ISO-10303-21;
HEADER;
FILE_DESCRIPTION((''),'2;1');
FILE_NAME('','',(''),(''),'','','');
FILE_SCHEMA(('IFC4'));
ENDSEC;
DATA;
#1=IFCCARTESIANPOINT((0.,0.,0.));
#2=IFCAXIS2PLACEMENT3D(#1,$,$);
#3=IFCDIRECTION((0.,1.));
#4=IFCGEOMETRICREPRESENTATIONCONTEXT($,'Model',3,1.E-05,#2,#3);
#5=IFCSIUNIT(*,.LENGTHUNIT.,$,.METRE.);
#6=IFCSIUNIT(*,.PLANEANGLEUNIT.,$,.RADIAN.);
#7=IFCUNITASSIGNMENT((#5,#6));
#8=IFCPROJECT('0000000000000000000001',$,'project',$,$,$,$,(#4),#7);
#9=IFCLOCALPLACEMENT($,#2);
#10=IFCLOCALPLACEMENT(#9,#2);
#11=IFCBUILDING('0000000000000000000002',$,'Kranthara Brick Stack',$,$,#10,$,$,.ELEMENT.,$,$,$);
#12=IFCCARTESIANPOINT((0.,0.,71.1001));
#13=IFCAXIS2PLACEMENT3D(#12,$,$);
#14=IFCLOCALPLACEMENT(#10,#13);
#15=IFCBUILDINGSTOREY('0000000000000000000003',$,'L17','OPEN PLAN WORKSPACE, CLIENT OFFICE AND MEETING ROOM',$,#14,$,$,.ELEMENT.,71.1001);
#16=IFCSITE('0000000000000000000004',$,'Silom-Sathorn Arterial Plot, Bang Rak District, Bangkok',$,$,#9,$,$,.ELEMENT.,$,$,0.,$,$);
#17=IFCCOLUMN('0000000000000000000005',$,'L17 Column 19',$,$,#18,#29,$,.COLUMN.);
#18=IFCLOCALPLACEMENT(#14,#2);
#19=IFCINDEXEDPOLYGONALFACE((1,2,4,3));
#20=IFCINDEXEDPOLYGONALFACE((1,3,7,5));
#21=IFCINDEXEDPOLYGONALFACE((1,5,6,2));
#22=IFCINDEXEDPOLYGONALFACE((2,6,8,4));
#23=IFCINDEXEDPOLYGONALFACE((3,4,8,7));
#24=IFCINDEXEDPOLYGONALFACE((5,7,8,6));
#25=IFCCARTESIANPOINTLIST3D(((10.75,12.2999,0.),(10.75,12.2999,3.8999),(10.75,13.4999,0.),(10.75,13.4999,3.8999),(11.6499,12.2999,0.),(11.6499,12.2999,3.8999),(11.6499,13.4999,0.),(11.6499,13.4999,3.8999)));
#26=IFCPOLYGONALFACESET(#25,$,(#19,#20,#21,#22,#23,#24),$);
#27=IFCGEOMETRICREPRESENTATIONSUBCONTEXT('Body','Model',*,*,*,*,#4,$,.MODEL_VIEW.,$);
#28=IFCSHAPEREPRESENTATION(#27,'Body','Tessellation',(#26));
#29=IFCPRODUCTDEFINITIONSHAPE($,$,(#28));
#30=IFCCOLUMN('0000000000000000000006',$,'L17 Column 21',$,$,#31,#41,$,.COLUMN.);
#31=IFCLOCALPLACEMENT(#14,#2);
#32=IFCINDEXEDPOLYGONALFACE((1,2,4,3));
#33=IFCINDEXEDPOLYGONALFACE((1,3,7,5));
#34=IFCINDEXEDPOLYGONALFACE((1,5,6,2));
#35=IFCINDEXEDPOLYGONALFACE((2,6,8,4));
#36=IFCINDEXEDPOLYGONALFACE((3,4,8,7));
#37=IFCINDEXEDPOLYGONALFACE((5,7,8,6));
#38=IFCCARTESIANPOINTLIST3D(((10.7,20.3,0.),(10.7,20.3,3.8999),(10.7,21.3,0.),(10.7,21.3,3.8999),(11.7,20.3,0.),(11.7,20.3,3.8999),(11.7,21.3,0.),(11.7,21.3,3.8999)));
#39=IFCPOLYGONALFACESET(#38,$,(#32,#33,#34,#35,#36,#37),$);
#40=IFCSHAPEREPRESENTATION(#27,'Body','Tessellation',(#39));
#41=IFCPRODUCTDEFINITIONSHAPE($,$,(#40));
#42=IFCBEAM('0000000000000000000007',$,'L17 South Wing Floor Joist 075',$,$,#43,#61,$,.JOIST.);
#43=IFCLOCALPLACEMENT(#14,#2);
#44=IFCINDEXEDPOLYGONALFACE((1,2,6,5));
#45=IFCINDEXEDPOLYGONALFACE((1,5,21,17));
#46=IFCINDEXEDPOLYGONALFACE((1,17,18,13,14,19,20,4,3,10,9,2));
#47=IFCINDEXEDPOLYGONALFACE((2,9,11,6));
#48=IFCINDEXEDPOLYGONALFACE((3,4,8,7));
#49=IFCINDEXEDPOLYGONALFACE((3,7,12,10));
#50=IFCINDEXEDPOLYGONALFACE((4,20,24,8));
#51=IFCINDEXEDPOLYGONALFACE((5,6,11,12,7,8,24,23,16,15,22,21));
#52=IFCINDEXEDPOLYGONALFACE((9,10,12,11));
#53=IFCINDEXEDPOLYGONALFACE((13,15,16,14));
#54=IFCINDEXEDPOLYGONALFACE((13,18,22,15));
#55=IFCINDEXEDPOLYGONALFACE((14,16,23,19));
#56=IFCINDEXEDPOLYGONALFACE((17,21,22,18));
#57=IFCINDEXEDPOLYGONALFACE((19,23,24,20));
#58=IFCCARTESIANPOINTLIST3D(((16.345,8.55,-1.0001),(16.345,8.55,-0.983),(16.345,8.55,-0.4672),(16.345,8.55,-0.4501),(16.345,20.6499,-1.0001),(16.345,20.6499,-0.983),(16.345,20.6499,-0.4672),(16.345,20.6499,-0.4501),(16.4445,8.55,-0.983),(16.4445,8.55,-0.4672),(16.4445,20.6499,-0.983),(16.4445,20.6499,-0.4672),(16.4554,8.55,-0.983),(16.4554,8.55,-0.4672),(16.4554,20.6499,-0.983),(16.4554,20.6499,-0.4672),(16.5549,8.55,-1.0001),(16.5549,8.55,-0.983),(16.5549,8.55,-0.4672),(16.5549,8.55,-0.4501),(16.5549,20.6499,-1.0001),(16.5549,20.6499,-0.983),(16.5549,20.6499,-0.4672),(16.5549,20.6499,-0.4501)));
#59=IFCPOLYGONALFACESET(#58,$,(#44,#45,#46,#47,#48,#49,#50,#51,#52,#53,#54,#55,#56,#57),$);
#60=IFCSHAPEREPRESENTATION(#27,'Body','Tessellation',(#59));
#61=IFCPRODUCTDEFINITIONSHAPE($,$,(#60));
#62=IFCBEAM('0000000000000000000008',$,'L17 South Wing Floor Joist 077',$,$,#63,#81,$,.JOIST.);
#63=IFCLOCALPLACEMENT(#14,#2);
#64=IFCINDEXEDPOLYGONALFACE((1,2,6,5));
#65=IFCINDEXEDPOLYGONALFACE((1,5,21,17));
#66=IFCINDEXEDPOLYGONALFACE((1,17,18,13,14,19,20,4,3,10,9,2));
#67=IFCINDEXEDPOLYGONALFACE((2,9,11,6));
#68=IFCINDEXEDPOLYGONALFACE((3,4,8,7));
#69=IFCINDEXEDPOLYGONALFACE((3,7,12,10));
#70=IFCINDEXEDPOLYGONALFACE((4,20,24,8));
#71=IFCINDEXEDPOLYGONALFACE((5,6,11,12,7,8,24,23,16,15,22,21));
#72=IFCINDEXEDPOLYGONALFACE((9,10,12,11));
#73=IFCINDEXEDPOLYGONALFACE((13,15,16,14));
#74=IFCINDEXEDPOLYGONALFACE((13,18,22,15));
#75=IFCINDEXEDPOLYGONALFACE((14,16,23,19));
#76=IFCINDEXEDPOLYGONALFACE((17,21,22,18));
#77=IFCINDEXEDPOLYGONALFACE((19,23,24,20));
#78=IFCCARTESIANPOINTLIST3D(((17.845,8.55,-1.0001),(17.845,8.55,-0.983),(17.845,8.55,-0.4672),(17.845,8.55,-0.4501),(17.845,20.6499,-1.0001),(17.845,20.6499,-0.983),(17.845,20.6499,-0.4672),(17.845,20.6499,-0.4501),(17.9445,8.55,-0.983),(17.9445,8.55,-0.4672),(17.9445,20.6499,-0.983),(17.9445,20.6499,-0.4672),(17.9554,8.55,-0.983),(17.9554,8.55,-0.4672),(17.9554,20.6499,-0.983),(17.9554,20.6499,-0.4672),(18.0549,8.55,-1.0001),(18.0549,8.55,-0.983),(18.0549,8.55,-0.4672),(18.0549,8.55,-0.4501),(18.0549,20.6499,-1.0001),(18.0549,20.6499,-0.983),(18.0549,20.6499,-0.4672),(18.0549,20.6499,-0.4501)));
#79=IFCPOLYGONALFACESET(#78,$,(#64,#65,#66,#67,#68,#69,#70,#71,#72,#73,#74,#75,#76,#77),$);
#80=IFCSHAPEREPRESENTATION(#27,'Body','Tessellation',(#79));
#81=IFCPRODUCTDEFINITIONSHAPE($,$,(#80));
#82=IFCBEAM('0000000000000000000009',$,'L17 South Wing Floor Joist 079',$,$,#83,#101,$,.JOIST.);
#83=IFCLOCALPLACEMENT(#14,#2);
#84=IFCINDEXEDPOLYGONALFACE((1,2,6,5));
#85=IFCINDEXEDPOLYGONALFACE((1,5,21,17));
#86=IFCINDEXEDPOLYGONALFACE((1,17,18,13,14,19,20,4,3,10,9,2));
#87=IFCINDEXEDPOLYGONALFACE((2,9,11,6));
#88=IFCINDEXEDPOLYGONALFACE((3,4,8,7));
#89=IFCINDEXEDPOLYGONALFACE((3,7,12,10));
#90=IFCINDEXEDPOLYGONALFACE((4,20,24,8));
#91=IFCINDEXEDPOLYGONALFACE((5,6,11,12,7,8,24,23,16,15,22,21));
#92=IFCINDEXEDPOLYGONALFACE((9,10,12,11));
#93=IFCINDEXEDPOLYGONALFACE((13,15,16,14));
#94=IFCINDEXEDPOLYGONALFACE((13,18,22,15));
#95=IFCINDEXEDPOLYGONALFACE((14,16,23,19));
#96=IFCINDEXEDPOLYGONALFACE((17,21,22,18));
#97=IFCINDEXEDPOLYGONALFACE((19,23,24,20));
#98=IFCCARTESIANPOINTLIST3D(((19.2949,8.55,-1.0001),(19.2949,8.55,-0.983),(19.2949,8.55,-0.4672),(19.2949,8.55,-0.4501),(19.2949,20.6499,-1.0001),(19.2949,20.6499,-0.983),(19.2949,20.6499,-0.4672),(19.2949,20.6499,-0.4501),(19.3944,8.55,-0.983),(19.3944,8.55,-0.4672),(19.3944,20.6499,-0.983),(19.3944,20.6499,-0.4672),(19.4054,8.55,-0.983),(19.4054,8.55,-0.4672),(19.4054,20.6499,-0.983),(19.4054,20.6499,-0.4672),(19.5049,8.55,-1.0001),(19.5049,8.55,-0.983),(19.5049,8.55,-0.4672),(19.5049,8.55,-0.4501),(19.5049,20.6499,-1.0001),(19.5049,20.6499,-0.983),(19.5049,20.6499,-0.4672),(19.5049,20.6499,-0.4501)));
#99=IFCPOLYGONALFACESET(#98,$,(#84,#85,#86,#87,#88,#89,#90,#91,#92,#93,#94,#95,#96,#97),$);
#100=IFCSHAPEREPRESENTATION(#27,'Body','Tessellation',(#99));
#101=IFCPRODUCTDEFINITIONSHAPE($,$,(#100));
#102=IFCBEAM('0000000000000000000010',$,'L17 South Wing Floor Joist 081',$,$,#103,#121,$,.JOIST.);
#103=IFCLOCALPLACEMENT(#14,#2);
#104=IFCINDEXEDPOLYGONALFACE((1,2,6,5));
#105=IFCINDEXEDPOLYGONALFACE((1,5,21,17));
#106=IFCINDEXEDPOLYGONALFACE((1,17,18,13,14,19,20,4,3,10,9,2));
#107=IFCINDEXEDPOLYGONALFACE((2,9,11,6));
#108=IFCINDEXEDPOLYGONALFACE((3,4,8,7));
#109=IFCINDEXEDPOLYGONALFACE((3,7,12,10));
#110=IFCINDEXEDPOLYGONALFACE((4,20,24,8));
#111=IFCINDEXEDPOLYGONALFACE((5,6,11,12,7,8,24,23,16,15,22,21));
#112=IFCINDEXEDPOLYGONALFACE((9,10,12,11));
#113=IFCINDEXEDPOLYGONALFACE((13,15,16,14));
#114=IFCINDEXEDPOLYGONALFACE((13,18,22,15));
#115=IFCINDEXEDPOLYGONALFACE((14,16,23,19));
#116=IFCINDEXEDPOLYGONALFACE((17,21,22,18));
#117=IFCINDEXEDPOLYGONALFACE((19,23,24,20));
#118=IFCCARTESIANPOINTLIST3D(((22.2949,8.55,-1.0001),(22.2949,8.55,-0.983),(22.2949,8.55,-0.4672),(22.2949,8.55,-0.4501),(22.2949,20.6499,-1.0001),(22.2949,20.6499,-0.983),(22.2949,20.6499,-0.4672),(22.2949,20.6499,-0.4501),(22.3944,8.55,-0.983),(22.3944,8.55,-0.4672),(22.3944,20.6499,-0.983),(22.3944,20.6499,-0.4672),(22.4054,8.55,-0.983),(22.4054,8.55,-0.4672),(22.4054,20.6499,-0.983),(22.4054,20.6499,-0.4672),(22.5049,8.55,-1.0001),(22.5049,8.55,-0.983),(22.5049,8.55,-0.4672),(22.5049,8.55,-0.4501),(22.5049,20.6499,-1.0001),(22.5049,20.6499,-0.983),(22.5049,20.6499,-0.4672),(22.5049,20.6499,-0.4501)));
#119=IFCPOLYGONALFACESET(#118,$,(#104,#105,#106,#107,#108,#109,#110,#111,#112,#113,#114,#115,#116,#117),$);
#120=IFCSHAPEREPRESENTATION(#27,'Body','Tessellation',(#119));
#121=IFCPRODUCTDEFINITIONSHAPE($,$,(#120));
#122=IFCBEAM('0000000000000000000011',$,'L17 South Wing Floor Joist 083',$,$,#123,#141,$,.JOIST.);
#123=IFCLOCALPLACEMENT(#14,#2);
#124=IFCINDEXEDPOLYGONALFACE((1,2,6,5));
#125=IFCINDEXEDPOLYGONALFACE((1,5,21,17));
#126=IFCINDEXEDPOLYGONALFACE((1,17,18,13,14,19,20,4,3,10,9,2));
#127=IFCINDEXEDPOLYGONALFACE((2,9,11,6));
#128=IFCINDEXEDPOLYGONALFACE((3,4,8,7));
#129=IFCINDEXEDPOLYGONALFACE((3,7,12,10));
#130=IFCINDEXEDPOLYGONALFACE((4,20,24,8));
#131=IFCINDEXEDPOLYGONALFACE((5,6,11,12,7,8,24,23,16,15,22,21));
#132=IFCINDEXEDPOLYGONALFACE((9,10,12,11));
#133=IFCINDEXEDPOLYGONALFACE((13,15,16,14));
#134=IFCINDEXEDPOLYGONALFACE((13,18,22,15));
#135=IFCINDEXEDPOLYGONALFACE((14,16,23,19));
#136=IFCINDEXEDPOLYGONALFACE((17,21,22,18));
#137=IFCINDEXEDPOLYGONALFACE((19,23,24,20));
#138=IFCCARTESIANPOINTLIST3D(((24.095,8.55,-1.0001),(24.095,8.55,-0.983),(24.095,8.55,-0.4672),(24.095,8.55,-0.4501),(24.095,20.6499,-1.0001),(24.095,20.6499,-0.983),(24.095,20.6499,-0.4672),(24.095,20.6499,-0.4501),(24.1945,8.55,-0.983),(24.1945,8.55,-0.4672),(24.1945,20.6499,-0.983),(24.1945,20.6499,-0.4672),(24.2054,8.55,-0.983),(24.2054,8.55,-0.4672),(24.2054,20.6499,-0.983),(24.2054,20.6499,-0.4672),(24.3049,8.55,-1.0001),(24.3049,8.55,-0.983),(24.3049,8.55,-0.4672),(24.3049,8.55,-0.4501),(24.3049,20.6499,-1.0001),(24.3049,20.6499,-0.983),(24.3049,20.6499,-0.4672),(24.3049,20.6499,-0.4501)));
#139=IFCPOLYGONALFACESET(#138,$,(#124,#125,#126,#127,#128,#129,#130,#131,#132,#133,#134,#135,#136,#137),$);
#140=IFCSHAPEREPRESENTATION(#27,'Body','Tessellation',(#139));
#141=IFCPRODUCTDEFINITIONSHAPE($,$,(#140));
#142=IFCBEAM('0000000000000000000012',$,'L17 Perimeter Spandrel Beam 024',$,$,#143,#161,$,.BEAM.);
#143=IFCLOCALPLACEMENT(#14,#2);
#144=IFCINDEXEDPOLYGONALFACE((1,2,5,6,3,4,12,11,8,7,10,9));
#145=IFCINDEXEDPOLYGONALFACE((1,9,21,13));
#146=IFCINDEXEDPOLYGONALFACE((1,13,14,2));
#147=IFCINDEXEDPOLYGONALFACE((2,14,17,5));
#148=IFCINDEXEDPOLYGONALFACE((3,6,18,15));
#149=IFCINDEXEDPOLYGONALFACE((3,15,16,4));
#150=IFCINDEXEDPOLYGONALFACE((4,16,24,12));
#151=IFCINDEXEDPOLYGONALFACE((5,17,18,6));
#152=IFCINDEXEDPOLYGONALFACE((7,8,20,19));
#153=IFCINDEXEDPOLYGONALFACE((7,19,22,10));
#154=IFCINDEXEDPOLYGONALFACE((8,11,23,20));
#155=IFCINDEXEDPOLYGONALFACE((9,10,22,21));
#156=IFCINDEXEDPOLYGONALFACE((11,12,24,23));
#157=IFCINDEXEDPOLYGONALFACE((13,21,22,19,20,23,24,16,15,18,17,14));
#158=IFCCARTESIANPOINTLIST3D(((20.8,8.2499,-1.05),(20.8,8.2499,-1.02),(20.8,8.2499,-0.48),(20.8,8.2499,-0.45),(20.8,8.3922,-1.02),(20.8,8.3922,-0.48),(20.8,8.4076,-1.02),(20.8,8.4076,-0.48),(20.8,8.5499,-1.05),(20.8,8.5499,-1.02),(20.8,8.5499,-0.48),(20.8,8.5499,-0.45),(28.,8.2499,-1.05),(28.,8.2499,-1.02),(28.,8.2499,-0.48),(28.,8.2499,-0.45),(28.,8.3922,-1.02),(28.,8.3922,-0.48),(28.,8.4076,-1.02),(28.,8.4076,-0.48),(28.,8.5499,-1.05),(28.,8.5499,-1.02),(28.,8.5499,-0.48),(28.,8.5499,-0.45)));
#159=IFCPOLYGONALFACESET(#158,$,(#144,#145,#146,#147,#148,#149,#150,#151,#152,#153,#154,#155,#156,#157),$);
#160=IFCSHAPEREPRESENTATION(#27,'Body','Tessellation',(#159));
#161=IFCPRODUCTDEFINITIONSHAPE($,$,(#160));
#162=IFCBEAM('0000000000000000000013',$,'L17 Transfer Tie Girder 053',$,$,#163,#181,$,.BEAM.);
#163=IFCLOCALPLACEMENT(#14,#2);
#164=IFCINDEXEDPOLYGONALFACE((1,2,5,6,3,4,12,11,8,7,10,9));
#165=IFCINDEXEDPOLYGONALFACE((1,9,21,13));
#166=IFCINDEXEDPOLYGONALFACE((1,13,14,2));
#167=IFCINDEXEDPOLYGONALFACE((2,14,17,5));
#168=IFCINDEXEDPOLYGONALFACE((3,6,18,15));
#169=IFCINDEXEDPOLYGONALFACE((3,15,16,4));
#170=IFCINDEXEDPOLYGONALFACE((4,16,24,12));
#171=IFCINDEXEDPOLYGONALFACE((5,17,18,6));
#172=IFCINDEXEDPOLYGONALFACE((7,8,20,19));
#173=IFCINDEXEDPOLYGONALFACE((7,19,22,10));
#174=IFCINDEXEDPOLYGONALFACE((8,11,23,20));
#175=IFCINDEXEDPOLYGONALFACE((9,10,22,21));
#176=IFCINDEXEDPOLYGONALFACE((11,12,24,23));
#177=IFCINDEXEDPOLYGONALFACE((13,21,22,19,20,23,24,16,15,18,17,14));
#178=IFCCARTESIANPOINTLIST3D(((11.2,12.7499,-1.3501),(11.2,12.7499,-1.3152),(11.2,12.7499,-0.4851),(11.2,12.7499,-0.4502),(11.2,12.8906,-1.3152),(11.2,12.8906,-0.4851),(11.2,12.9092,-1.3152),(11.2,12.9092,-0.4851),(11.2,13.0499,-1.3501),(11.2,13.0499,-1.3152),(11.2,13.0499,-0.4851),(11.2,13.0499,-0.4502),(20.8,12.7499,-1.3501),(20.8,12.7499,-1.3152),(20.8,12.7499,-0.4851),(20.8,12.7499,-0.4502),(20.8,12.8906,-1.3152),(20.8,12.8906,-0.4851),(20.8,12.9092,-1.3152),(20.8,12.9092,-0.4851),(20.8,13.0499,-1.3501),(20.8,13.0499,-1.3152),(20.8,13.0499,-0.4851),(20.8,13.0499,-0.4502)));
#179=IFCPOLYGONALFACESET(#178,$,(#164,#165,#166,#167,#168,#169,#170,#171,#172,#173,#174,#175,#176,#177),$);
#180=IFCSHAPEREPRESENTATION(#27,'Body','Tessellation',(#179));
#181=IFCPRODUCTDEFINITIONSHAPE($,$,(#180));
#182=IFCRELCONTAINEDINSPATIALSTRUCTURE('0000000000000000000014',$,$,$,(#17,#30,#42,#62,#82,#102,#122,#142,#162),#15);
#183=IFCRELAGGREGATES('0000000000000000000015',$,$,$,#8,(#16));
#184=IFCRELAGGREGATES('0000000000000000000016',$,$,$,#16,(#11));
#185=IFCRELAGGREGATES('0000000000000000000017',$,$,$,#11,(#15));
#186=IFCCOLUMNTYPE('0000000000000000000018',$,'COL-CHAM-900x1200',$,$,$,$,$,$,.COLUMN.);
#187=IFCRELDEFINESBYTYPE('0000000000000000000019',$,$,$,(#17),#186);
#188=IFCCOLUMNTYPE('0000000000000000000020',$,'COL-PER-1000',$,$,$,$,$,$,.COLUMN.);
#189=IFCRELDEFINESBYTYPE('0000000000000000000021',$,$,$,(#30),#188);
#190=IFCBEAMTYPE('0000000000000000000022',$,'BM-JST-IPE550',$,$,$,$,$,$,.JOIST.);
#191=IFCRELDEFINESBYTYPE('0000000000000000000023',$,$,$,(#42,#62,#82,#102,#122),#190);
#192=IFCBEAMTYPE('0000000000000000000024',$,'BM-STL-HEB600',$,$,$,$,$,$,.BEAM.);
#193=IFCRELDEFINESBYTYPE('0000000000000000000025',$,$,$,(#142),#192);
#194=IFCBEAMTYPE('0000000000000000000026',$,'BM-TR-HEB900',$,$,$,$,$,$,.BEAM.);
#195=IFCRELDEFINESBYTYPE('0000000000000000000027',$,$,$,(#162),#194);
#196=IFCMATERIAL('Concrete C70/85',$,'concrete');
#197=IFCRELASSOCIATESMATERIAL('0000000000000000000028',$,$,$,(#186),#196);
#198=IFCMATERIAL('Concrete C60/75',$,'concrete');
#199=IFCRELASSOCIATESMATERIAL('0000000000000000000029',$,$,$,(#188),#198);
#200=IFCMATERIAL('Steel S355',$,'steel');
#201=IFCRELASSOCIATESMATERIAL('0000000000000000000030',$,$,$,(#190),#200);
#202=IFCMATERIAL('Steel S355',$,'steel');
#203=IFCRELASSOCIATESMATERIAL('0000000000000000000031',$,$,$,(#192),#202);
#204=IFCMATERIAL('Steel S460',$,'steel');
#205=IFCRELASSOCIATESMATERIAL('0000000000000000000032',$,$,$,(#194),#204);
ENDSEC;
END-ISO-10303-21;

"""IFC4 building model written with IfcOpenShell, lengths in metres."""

from ifc_helpers import new_model, si_unit, direction, frame, origin, origin_2d, place, context, subcontext, project, spatial, rectangle, i_section, extrude, material, material_profile, profile_set, type_object, element, save


model = new_model("IFC4")

# Units and contexts
model_context = context("Model", 3, precision=1e-05, world=origin(), true_north=direction((0.0, 1.0)))
body_context = subcontext(model_context, "Body", "Model", "MODEL_VIEW")
ifc_project = project(units=[si_unit("LENGTHUNIT", "METRE"), si_unit("PLANEANGLEUNIT", "RADIAN")], contexts=[model_context])

# Site, building, storey
site_placement = place(None, origin())
site = spatial("IfcSite", under=ifc_project, at=site_placement, Name="Silom-Sathorn Arterial Plot, Bang Rak District, Bangkok", CompositionType="ELEMENT", RefElevation=0.0)
building_placement = place(site_placement, origin())
building = spatial("IfcBuilding", under=site, at=building_placement, Name="Kranthara Brick Stack", CompositionType="ELEMENT")
storey_placement = place(building_placement, frame((0.0, 0.0, 71.1001)))
storey = spatial("IfcBuildingStorey", under=building, at=storey_placement, Name="L17", Description="OPEN PLAN WORKSPACE, CLIENT OFFICE AND MEETING ROOM", CompositionType="ELEMENT", Elevation=71.1001)

# Columns
ifc_material_1 = material(Name="Concrete C70/85", Category="concrete")
ifc_material_profile_1 = material_profile(ifc_material_1, rectangle(XDim=0.8999, YDim=1.2, at=origin_2d()), Name="RC 900x1200")
ifc_profile_set_1 = profile_set([ifc_material_profile_1], Name="Concrete C70/85")
column_type_1 = type_object("IfcColumnType", Name="COL-CHAM-900x1200", PredefinedType="COLUMN", material=ifc_profile_set_1)
column_1_placement = place(storey_placement, frame((11.2, 12.8999, 0.0), z_axis=(0.0, 0.0, 1.0), x_axis=(1.0, 0.0, 0.0)))
element("IfcColumn", 1, at=column_1_placement, inside=storey, type_object=column_type_1, Name="L17 Column 19", PredefinedType="COLUMN", context=body_context, shape_type="SweptSolid", body=[
    extrude(rectangle(XDim=0.8999, YDim=1.2, at=origin_2d()), origin(), (0.0, 0.0, 1.0), 3.8999),
])
ifc_material_2 = material(Name="Concrete C60/75", Category="concrete")
ifc_material_profile_2 = material_profile(ifc_material_2, rectangle(XDim=1.0, YDim=1.0, at=origin_2d()), Name="RC 1000x1000")
ifc_profile_set_2 = profile_set([ifc_material_profile_2], Name="Concrete C60/75")
column_type_2 = type_object("IfcColumnType", Name="COL-PER-1000", PredefinedType="COLUMN", material=ifc_profile_set_2)
column_2_placement = place(storey_placement, frame((11.2, 20.8, 0.0), z_axis=(0.0, 0.0, 1.0), x_axis=(1.0, 0.0, 0.0)))
element("IfcColumn", 2, at=column_2_placement, inside=storey, type_object=column_type_2, Name="L17 Column 21", PredefinedType="COLUMN", context=body_context, shape_type="SweptSolid", body=[
    extrude(rectangle(XDim=1.0, YDim=1.0, at=origin_2d()), origin(), (0.0, 0.0, 1.0), 3.8999),
])

# Beams
ifc_material_3 = material(Name="Steel S355", Category="steel")
ifc_material_profile_3 = material_profile(ifc_material_3, i_section(OverallWidth=0.21, OverallDepth=0.55, WebThickness=0.011, FlangeThickness=0.0171, at=origin_2d()), Name="IPE 550")
ifc_profile_set_3 = profile_set([ifc_material_profile_3], Name="Steel S355")
beam_type_1 = type_object("IfcBeamType", Name="BM-JST-IPE550", PredefinedType="JOIST", material=ifc_profile_set_3)
for number, where, z_axis, x_axis, name in (
    (3, (16.45, 8.55, -0.7251), (0.0, 1.0, 0.0), (-1.0, 0.0, 0.0), "L17 South Wing Floor Joist 075"),
    (4, (17.95, 8.55, -0.7251), (0.0, 1.0, 0.0), (-1.0, 0.0, 0.0), "L17 South Wing Floor Joist 077"),
    (5, (19.3999, 8.55, -0.7251), (0.0, 1.0, 0.0), (-1.0, 0.0, 0.0), "L17 South Wing Floor Joist 079"),
    (6, (22.3999, 8.55, -0.7251), (0.0, 1.0, 0.0), (-1.0, 0.0, 0.0), "L17 South Wing Floor Joist 081"),
    (7, (24.2, 8.55, -0.7251), (0.0, 1.0, 0.0), (-1.0, 0.0, 0.0), "L17 South Wing Floor Joist 083"),
):
    element("IfcBeam", number, at=place(storey_placement, frame(where, z_axis=z_axis, x_axis=x_axis)), inside=storey, type_object=beam_type_1, Name=name, PredefinedType="JOIST", context=body_context, shape_type="SweptSolid", body=[
        extrude(i_section(OverallWidth=0.21, OverallDepth=0.55, WebThickness=0.011, FlangeThickness=0.0171, at=origin_2d()), origin(), (0.0, 0.0, 1.0), 12.0999),
    ])
ifc_material_4 = material(Name="Steel S355", Category="steel")
ifc_material_profile_4 = material_profile(ifc_material_4, i_section(OverallWidth=0.3, OverallDepth=0.6001, WebThickness=0.0154, FlangeThickness=0.03, at=origin_2d()), Name="HEB 600")
ifc_profile_set_4 = profile_set([ifc_material_profile_4], Name="Steel S355")
beam_type_2 = type_object("IfcBeamType", Name="BM-STL-HEB600", PredefinedType="BEAM", material=ifc_profile_set_4)
beam_1_placement = place(storey_placement, frame((20.8, 8.3999, -0.75), z_axis=(1.0, 0.0, 0.0), x_axis=(0.0, 1.0, 0.0)))
element("IfcBeam", 8, at=beam_1_placement, inside=storey, type_object=beam_type_2, Name="L17 Perimeter Spandrel Beam 024", PredefinedType="BEAM", context=body_context, shape_type="SweptSolid", body=[
    extrude(i_section(OverallWidth=0.3, OverallDepth=0.6001, WebThickness=0.0154, FlangeThickness=0.03, at=origin_2d()), origin(), (0.0, 0.0, 1.0), 7.2),
])
ifc_material_5 = material(Name="Steel S460", Category="steel")
ifc_material_profile_5 = material_profile(ifc_material_5, i_section(OverallWidth=0.3, OverallDepth=0.8999, WebThickness=0.0186, FlangeThickness=0.0349, at=origin_2d()), Name="HEB 900")
ifc_profile_set_5 = profile_set([ifc_material_profile_5], Name="Steel S460")
beam_type_3 = type_object("IfcBeamType", Name="BM-TR-HEB900", PredefinedType="BEAM", material=ifc_profile_set_5)
beam_2_placement = place(storey_placement, frame((11.2, 12.8999, -0.9001), z_axis=(1.0, 0.0, 0.0), x_axis=(0.0, 1.0, 0.0)))
element("IfcBeam", 9, at=beam_2_placement, inside=storey, type_object=beam_type_3, Name="L17 Transfer Tie Girder 053", PredefinedType="BEAM", context=body_context, shape_type="SweptSolid", body=[
    extrude(i_section(OverallWidth=0.3, OverallDepth=0.8999, WebThickness=0.0186, FlangeThickness=0.0349, at=origin_2d()), origin(), (0.0, 0.0, 1.0), 9.6001),
])

save(model, "model.ifc")
